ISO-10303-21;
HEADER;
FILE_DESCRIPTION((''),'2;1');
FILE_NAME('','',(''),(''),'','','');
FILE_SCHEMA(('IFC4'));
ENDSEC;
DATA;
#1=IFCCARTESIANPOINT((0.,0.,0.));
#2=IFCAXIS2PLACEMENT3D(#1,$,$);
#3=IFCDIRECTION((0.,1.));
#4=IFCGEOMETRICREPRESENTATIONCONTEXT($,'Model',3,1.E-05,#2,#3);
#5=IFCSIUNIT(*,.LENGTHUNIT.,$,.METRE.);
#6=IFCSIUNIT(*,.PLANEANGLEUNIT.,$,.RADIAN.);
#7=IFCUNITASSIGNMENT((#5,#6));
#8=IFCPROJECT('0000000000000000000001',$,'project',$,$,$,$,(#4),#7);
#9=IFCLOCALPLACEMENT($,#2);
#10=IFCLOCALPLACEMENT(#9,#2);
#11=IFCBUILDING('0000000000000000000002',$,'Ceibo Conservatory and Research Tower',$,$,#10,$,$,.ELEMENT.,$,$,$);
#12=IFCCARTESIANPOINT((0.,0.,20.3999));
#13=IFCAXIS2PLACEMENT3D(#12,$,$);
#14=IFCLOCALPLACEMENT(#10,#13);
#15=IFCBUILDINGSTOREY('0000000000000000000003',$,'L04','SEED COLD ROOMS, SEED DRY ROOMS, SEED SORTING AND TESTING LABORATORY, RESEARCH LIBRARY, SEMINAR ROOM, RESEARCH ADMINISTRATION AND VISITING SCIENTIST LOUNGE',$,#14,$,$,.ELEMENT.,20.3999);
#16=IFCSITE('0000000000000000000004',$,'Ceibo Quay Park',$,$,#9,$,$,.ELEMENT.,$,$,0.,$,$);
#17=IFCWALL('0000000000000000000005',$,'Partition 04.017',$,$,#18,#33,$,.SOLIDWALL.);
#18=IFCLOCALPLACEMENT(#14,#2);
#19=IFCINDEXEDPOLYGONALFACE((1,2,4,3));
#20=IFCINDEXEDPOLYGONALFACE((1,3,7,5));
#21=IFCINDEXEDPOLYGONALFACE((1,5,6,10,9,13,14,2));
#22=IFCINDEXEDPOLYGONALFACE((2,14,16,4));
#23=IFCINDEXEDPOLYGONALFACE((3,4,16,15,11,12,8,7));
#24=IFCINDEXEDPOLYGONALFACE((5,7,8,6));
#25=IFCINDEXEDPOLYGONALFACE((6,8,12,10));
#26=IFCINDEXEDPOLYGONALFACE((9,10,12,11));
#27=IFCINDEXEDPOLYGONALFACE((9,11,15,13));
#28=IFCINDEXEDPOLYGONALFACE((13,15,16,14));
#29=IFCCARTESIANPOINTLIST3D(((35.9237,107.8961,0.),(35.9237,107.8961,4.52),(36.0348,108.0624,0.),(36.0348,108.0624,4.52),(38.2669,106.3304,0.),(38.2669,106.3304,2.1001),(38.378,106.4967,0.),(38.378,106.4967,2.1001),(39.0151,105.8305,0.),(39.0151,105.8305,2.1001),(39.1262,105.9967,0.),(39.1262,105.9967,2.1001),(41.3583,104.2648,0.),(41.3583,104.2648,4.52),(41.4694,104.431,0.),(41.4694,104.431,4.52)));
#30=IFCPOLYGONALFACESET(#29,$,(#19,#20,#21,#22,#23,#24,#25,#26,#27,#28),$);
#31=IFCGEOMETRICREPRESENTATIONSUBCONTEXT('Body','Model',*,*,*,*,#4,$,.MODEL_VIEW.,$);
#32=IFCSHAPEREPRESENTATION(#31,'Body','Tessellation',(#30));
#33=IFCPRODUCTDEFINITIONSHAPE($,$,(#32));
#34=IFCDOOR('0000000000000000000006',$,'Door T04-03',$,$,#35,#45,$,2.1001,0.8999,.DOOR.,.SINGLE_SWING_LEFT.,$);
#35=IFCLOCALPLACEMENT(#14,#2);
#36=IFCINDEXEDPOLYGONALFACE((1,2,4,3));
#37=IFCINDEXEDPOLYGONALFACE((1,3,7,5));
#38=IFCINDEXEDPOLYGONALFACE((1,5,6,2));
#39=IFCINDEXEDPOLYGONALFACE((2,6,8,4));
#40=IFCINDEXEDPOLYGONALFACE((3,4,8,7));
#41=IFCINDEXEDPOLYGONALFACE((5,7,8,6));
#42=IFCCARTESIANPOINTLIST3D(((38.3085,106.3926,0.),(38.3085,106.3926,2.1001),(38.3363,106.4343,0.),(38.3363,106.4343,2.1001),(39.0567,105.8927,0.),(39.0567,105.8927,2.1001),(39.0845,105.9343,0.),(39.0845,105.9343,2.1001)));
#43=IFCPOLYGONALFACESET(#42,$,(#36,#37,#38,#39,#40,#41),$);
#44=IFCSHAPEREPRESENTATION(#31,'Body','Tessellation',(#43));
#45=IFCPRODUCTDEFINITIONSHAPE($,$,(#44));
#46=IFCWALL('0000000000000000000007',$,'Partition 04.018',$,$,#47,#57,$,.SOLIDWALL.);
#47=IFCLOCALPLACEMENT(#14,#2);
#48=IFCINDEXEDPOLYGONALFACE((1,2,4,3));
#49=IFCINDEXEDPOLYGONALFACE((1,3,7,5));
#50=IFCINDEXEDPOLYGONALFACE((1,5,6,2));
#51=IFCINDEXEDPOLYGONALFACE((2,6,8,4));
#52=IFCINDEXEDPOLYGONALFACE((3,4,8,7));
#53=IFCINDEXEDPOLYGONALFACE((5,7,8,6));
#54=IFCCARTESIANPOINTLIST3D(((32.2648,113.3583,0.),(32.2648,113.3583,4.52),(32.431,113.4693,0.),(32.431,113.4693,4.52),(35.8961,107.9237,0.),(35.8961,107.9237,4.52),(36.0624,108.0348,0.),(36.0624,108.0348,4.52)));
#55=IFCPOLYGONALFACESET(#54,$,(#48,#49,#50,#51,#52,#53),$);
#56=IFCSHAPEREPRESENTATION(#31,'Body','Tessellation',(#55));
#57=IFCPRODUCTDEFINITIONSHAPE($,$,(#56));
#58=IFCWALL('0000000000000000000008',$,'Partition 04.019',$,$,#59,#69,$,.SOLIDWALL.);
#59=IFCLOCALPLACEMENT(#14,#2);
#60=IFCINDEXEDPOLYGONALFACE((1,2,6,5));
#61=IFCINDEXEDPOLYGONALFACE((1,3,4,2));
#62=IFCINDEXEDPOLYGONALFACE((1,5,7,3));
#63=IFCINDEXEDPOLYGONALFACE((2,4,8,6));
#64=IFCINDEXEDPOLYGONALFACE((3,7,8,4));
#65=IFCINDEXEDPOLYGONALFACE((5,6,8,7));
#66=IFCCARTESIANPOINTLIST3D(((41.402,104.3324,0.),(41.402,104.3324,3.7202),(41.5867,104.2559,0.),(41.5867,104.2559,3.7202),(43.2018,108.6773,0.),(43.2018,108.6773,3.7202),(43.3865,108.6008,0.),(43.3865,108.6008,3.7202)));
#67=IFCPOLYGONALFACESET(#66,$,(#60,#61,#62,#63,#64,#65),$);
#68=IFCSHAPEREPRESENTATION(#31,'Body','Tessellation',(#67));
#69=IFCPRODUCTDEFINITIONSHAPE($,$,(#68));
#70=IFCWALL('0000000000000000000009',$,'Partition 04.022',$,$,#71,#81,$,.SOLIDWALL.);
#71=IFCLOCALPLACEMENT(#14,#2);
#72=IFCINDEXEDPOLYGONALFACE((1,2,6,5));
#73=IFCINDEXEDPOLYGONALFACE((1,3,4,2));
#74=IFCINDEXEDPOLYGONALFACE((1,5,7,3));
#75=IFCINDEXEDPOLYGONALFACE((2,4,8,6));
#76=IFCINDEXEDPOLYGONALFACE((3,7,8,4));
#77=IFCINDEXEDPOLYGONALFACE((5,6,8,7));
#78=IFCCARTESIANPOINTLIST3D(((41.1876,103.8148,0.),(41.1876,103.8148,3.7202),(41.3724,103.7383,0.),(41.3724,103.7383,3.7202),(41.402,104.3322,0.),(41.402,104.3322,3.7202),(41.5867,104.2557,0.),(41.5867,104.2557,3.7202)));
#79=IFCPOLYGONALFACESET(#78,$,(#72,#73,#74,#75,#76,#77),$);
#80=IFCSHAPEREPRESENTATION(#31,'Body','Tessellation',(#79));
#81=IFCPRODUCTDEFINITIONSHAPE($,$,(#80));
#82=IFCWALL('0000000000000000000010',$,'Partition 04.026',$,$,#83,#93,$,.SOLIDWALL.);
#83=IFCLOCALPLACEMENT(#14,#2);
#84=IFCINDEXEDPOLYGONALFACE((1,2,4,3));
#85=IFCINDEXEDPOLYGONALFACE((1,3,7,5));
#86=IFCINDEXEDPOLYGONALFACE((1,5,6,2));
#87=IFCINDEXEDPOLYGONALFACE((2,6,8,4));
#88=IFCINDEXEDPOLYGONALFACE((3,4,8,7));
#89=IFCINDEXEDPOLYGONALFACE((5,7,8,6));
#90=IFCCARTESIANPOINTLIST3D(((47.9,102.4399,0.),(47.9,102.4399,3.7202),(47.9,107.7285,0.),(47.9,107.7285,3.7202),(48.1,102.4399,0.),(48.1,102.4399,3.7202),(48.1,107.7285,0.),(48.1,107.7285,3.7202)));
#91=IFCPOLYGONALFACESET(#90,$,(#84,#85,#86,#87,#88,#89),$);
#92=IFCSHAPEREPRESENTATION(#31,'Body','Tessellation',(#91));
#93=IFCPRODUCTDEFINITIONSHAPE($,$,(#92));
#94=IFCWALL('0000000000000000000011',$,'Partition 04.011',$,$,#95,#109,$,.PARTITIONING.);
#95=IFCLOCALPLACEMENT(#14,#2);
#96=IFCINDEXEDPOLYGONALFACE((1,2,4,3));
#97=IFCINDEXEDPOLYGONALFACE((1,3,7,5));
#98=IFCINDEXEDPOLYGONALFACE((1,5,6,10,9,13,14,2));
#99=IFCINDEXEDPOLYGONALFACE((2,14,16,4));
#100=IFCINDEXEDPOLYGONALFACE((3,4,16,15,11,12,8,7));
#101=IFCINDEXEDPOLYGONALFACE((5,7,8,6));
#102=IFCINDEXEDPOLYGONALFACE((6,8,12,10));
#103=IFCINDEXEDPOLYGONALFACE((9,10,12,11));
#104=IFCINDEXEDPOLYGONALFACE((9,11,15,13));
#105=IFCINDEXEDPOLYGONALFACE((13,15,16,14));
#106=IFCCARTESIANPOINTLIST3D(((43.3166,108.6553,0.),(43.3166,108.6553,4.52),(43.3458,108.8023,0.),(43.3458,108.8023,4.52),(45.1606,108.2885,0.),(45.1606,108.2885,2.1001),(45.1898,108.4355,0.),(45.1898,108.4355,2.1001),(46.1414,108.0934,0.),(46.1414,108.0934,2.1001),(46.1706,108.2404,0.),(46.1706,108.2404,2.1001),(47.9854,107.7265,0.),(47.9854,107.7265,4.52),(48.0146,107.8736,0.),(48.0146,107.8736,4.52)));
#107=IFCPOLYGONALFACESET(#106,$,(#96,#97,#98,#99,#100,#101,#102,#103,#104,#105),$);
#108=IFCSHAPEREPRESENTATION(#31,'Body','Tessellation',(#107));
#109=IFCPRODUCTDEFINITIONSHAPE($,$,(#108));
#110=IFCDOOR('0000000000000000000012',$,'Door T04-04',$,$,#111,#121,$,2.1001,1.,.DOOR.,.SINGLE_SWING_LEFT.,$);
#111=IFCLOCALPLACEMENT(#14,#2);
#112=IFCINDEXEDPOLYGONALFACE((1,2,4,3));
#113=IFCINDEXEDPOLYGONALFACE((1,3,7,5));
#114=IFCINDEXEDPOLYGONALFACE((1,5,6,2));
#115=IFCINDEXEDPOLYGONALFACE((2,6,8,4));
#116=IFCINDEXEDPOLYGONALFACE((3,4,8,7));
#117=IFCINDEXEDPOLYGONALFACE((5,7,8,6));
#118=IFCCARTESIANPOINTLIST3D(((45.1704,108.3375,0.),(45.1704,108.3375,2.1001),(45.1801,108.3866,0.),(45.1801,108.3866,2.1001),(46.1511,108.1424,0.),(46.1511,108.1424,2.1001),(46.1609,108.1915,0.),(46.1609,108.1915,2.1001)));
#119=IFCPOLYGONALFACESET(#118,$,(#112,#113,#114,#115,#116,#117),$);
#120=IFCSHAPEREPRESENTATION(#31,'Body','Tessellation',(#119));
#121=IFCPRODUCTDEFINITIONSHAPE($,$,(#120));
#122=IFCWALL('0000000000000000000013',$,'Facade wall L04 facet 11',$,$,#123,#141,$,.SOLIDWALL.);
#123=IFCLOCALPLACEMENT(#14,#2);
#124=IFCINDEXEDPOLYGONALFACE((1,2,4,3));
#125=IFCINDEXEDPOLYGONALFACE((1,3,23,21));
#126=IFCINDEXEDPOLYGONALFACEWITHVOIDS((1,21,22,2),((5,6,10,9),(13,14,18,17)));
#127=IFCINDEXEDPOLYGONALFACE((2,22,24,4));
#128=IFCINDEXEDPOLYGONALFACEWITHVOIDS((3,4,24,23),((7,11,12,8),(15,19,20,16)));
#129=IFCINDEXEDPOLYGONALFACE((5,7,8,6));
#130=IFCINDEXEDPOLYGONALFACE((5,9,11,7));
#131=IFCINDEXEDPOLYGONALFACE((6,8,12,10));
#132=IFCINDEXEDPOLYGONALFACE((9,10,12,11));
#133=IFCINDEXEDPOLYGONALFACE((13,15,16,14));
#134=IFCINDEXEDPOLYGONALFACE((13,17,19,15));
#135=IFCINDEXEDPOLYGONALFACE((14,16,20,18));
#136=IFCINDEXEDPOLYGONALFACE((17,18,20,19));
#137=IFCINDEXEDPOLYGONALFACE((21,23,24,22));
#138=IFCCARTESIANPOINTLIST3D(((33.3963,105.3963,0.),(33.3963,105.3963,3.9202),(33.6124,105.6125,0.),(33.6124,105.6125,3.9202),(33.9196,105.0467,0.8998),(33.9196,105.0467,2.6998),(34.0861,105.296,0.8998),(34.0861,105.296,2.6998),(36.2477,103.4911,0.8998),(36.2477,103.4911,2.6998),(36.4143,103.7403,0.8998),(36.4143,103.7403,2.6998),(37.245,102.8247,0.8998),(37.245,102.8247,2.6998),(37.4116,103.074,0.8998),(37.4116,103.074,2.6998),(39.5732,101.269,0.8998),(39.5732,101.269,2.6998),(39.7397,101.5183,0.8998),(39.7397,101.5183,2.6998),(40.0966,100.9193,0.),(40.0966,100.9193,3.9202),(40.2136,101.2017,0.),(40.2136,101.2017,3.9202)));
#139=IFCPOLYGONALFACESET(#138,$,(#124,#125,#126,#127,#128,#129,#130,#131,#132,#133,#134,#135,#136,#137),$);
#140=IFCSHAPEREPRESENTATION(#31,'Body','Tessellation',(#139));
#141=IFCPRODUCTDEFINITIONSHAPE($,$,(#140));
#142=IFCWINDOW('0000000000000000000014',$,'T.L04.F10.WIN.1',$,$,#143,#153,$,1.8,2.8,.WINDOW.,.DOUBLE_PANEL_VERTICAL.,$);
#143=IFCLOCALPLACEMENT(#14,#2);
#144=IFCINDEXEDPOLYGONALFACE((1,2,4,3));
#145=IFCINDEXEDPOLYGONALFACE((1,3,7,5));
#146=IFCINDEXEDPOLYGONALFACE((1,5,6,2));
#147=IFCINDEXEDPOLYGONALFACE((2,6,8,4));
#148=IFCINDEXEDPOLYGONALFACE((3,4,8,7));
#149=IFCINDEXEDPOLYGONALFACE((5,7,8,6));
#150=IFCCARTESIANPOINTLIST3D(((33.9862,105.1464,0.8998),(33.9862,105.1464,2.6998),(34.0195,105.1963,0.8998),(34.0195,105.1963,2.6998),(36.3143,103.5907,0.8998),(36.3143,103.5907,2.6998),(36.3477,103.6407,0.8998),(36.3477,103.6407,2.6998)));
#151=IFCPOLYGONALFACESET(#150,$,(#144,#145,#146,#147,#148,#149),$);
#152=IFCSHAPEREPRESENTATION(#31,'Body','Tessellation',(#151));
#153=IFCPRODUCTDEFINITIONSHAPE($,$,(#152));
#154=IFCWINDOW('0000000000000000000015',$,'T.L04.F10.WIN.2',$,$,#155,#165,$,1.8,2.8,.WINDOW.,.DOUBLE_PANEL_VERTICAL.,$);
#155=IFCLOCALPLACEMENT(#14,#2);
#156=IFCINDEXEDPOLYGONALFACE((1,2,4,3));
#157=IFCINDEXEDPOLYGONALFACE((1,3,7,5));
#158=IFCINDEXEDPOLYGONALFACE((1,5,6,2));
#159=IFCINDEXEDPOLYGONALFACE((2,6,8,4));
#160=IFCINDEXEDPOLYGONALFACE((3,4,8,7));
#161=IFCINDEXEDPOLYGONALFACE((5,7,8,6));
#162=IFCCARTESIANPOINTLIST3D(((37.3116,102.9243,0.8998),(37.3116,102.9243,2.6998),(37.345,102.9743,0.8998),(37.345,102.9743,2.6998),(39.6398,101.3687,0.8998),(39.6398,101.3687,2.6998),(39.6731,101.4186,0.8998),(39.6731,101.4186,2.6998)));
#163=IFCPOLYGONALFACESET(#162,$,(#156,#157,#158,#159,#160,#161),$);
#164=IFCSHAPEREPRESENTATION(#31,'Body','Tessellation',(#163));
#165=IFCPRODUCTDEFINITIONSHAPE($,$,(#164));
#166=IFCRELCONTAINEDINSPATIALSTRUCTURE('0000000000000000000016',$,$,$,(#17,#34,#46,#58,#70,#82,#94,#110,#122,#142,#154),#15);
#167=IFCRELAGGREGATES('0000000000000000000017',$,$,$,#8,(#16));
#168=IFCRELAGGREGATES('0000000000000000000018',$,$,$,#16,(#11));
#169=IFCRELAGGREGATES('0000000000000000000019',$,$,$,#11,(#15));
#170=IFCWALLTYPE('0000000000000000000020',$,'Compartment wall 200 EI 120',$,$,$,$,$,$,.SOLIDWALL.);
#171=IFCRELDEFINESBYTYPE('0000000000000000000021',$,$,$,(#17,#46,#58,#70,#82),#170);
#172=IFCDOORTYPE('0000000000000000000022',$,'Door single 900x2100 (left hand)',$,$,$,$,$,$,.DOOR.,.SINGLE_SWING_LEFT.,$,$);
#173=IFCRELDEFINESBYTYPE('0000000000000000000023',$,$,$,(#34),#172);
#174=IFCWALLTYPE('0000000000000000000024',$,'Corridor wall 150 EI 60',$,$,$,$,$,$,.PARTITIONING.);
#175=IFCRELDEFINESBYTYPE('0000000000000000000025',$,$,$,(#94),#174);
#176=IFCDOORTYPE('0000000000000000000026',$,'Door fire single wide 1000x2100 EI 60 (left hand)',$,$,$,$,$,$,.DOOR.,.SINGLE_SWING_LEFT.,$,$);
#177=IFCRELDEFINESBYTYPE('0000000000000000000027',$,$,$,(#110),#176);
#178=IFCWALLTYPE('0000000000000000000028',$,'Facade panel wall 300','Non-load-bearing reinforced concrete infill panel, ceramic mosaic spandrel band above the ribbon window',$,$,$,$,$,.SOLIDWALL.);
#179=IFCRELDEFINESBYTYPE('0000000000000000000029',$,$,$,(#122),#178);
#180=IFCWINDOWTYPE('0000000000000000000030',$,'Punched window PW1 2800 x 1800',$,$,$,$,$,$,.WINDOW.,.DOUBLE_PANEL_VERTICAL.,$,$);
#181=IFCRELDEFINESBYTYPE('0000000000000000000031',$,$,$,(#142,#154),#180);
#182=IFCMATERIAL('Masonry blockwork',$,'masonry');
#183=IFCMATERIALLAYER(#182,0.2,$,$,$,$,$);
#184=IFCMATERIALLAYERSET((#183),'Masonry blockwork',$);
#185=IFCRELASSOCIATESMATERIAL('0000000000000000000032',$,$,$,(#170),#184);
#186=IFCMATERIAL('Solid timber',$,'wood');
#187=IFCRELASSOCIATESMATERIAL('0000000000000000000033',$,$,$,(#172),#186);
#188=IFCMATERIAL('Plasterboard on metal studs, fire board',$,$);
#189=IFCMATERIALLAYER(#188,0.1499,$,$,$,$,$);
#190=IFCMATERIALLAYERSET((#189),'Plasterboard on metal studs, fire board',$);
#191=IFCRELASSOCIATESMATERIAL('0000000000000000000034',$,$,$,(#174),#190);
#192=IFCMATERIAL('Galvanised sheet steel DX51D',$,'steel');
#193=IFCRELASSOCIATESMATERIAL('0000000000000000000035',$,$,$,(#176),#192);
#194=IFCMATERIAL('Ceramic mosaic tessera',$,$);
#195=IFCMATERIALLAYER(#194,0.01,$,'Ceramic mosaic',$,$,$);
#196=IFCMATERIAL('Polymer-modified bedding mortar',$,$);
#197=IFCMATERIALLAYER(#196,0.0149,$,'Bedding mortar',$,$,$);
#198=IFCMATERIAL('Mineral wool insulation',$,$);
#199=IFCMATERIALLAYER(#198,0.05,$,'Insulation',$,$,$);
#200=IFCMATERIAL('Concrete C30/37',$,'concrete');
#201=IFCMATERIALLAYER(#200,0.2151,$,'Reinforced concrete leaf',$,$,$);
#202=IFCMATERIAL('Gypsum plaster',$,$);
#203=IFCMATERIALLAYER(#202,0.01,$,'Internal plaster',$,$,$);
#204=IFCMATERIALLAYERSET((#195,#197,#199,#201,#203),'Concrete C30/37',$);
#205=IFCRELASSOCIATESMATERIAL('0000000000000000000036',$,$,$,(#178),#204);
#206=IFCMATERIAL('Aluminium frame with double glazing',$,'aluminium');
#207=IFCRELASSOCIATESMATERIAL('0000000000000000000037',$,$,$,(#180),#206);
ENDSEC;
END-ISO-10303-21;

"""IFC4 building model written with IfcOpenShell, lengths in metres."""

from ifc_helpers import new_model, si_unit, direction, frame, frame_2d, origin, place, context, subcontext, project, spatial, polyline, rectangle, outline, extrude, material, layer, layer_set, type_object, element, fill, save


model = new_model("IFC4")

# Units and contexts
model_context = context("Model", 3, precision=1e-05, world=origin(), true_north=direction((0.0, 1.0)))
body_context = subcontext(model_context, "Body", "Model", "MODEL_VIEW")
ifc_project = project(units=[si_unit("LENGTHUNIT", "METRE"), si_unit("PLANEANGLEUNIT", "RADIAN")], contexts=[model_context])

# Site, building, storey
site_placement = place(None, origin())
site = spatial("IfcSite", under=ifc_project, at=site_placement, Name="Ceibo Quay Park", CompositionType="ELEMENT", RefElevation=0.0)
building_placement = place(site_placement, origin())
building = spatial("IfcBuilding", under=site, at=building_placement, Name="Ceibo Conservatory and Research Tower", CompositionType="ELEMENT")
storey_placement = place(building_placement, frame((0.0, 0.0, 20.3999)))
storey = spatial("IfcBuildingStorey", under=building, at=storey_placement, Name="L04", Description="SEED COLD ROOMS, SEED DRY ROOMS, SEED SORTING AND TESTING LABORATORY, RESEARCH LIBRARY, SEMINAR ROOM, RESEARCH ADMINISTRATION AND VISITING SCIENTIST LOUNGE", CompositionType="ELEMENT", Elevation=20.3999)

# Wall, opening, door
ifc_material_1 = material(Name="Masonry blockwork", Category="masonry")
ifc_layer_1 = layer(ifc_material_1, 0.2)
ifc_layer_set_1 = layer_set([ifc_layer_1], Name="Masonry blockwork")
wall_type_1 = type_object("IfcWallType", Name="Compartment wall 200 EI 120", PredefinedType="SOLIDWALL", material=ifc_layer_set_1)
ifc_material_2 = material(Name="Galvanised sheet steel DX51D", Category="steel")
wall_1_placement = place(storey_placement, frame((41.4138, 104.3479, 0.0), z_axis=(0.0, 0.0, 1.0), x_axis=(-0.831464, 0.555579, 0.0)))
wall_1 = element("IfcWall", 1, at=wall_1_placement, inside=storey, type_object=wall_type_1, Name="Partition 04.017", PredefinedType="SOLIDWALL", context=body_context, shape_type="SweptSolid", body=[
    extrude(rectangle(XDim=6.5361, YDim=0.2, at=frame_2d((3.2681, 0.0))), origin(), (0.0, 0.0, 1.0), 4.52),
])
opening_1_placement = place(wall_1_placement, frame((2.8181, 0.0, 0.0)))
opening_1 = element("IfcOpeningElement", 2, at=opening_1_placement, cuts=wall_1, PredefinedType="OPENING", context=body_context, shape_type="SweptSolid", body=[
    extrude(rectangle(XDim=0.8999, YDim=2.1001, at=frame_2d((0.45, 1.05))), frame((0.0, 0.1099, 0.0), z_axis=(0.0, -1.0, 0.0), x_axis=(1.0, 0.0, 0.0)), (0.0, 0.0, 1.0), 0.22),
])
ifc_material_3 = material(Name="Solid timber", Category="wood")
door_type_1 = type_object("IfcDoorType", Name="Door single 900x2100 (left hand)", OperationType="SINGLE_SWING_LEFT", PredefinedType="DOOR", material=ifc_material_3)
door_1_placement = place(opening_1_placement, frame((0.8999, 0.0, 0.0), z_axis=(0.0, 0.0, 1.0), x_axis=(-1.0, 0.0, 0.0)))
door_1 = element("IfcDoor", 3, at=door_1_placement, inside=storey, type_object=door_type_1, Name="Door T04-03", OperationType="SINGLE_SWING_LEFT", OverallHeight=2.1001, OverallWidth=0.8999, PredefinedType="DOOR", context=body_context, shape_type="SweptSolid", body=[
    extrude(rectangle(XDim=0.8999, YDim=2.1001, at=frame_2d((0.45, 1.05))), frame((0.0, 0.0249, 0.0), z_axis=(0.0, -1.0, 0.0), x_axis=(1.0, 0.0, 0.0)), (0.0, 0.0, 1.0), 0.05),
])
fill(opening_1, door_1)

# Walls
wall_2_placement = place(storey_placement, frame((35.9792, 107.9792, 0.0), z_axis=(0.0, 0.0, 1.0), x_axis=(-0.555579, 0.831464, 0.0)))
element("IfcWall", 4, at=wall_2_placement, inside=storey, type_object=wall_type_1, Name="Partition 04.018", PredefinedType="SOLIDWALL", context=body_context, shape_type="SweptSolid", body=[
    extrude(rectangle(XDim=6.5361, YDim=0.2, at=frame_2d((3.2681, 0.0))), origin(), (0.0, 0.0, 1.0), 4.52),
])
wall_3_placement = place(storey_placement, frame((43.2942, 108.6392, 0.0), z_axis=(0.0, 0.0, 1.0), x_axis=(-0.382694, -0.923875, 0.0)))
element("IfcWall", 5, at=wall_3_placement, inside=storey, type_object=wall_type_1, Name="Partition 04.019", PredefinedType="SOLIDWALL", context=body_context, shape_type="SweptSolid", body=[
    extrude(rectangle(XDim=4.7029, YDim=0.2, at=frame_2d((2.3516, 0.0))), origin(), (0.0, 0.0, 1.0), 3.7202),
])
wall_4_placement = place(storey_placement, frame((41.4944, 104.2939, 0.0), z_axis=(0.0, 0.0, 1.0), x_axis=(-0.382788, -0.923836, 0.0)))
element("IfcWall", 6, at=wall_4_placement, inside=storey, type_object=wall_type_1, Name="Partition 04.022", PredefinedType="SOLIDWALL", context=body_context, shape_type="SweptSolid", body=[
    extrude(rectangle(XDim=0.5601, YDim=0.2, at=frame_2d((0.28, 0.0))), origin(), (0.0, 0.0, 1.0), 3.7202),
])
wall_5_placement = place(storey_placement, frame((48.0, 107.7285, 0.0), z_axis=(0.0, 0.0, 1.0), x_axis=(0.0, -1.0, 0.0)))
element("IfcWall", 7, at=wall_5_placement, inside=storey, type_object=wall_type_1, Name="Partition 04.026", PredefinedType="SOLIDWALL", context=body_context, shape_type="SweptSolid", body=[
    extrude(rectangle(XDim=5.2886, YDim=0.2, at=frame_2d((2.6443, 0.0))), origin(), (0.0, 0.0, 1.0), 3.7202),
])

# Wall, opening, door
ifc_material_4 = material(Name="Plasterboard on metal studs, fire board")
ifc_layer_2 = layer(ifc_material_4, 0.1499)
ifc_layer_set_2 = layer_set([ifc_layer_2], Name="Plasterboard on metal studs, fire board")
wall_type_2 = type_object("IfcWallType", Name="Corridor wall 150 EI 60", PredefinedType="PARTITIONING", material=ifc_layer_set_2)
wall_6_placement = place(storey_placement, frame((48.0, 107.8, 0.0), z_axis=(0.0, 0.0, 1.0), x_axis=(-0.980783, 0.1951, 0.0)))
wall_6 = element("IfcWall", 8, at=wall_6_placement, inside=storey, type_object=wall_type_2, Name="Partition 04.011", PredefinedType="PARTITIONING", context=body_context, shape_type="SweptSolid", body=[
    extrude(rectangle(XDim=4.7603, YDim=0.1499, at=frame_2d((2.3801, 0.0))), origin(), (0.0, 0.0, 1.0), 4.52),
])
opening_2_placement = place(wall_6_placement, frame((1.8801, 0.0, 0.0)))
opening_2 = element("IfcOpeningElement", 9, at=opening_2_placement, cuts=wall_6, PredefinedType="OPENING", context=body_context, shape_type="SweptSolid", body=[
    extrude(rectangle(XDim=1.0, YDim=2.1001, at=frame_2d((0.5, 1.05))), frame((0.0, 0.085, 0.0), z_axis=(0.0, -1.0, 0.0), x_axis=(1.0, 0.0, 0.0)), (0.0, 0.0, 1.0), 0.1699),
])
door_type_2 = type_object("IfcDoorType", Name="Door fire single wide 1000x2100 EI 60 (left hand)", OperationType="SINGLE_SWING_LEFT", PredefinedType="DOOR", material=ifc_material_2)
door_2_placement = place(opening_2_placement, origin())
door_2 = element("IfcDoor", 10, at=door_2_placement, inside=storey, type_object=door_type_2, Name="Door T04-04", OperationType="SINGLE_SWING_LEFT", OverallHeight=2.1001, OverallWidth=1.0, PredefinedType="DOOR", context=body_context, shape_type="SweptSolid", body=[
    extrude(rectangle(XDim=1.0, YDim=2.1001, at=frame_2d((0.5, 1.05))), frame((0.0, 0.0249, 0.0), z_axis=(0.0, -1.0, 0.0), x_axis=(1.0, 0.0, 0.0)), (0.0, 0.0, 1.0), 0.05),
])
fill(opening_2, door_2)

# Wall, openings, windows
ifc_material_5 = material(Name="Ceramic mosaic tessera")
ifc_layer_3 = layer(ifc_material_5, 0.01, Name="Ceramic mosaic")
ifc_material_6 = material(Name="Polymer-modified bedding mortar")
ifc_layer_4 = layer(ifc_material_6, 0.0149, Name="Bedding mortar")
ifc_material_7 = material(Name="Mineral wool insulation")
ifc_layer_5 = layer(ifc_material_7, 0.05, Name="Insulation")
ifc_material_8 = material(Name="Concrete C30/37", Category="concrete")
ifc_layer_6 = layer(ifc_material_8, 0.2151, Name="Reinforced concrete leaf")
ifc_material_9 = material(Name="Gypsum plaster")
ifc_layer_7 = layer(ifc_material_9, 0.01, Name="Internal plaster")
ifc_layer_set_3 = layer_set([ifc_layer_3, ifc_layer_4, ifc_layer_5, ifc_layer_6, ifc_layer_7], Name="Concrete C30/37")
wall_type_3 = type_object("IfcWallType", Name="Facade panel wall 300", Description="Non-load-bearing reinforced concrete infill panel, ceramic mosaic spandrel band above the ribbon window", PredefinedType="SOLIDWALL", material=ifc_layer_set_3)
wall_7_placement = place(storey_placement, frame((33.5044, 105.5044, 0.0), z_axis=(0.0, 0.0, 1.0), x_axis=(0.831468, -0.555573, 0.0)))
wall_7 = element("IfcWall", 11, at=wall_7_placement, inside=storey, type_object=wall_type_3, Name="Facade wall L04 facet 11", PredefinedType="SOLIDWALL", context=body_context, shape_type="SweptSolid", body=[
    extrude(outline(polyline([(-0.0298, -0.1499), (8.0286, -0.1499), (7.969, 0.1499), (0.0298, 0.1499), (-0.0298, -0.1499)])), origin(), (0.0, 0.0, 1.0), 3.9202),
])
opening_3_placement = place(wall_7_placement, frame((0.5996, 0.0, 0.8999)))
opening_3 = element("IfcOpeningElement", 12, at=opening_3_placement, cuts=wall_7, PredefinedType="OPENING", context=body_context, shape_type="SweptSolid", body=[
    extrude(rectangle(XDim=2.8, YDim=1.8, at=frame_2d((1.3999, 0.8999))), frame((0.0, 0.1599, 0.0), z_axis=(0.0, -1.0, 0.0), x_axis=(1.0, 0.0, 0.0)), (0.0, 0.0, 1.0), 0.3201),
])
opening_4_placement = place(wall_7_placement, frame((4.5991, 0.0, 0.8999)))
opening_4 = element("IfcOpeningElement", 13, at=opening_4_placement, cuts=wall_7, PredefinedType="OPENING", context=body_context, shape_type="SweptSolid", body=[
    extrude(rectangle(XDim=2.8, YDim=1.8, at=frame_2d((1.3999, 0.8999))), frame((0.0, 0.1599, 0.0), z_axis=(0.0, -1.0, 0.0), x_axis=(1.0, 0.0, 0.0)), (0.0, 0.0, 1.0), 0.3201),
])
ifc_material_10 = material(Name="Aluminium frame with double glazing", Category="aluminium")
window_type = type_object("IfcWindowType", Name="Punched window PW1 2800 x 1800", PartitioningType="DOUBLE_PANEL_VERTICAL", PredefinedType="WINDOW", material=ifc_material_10)
window_1_placement = place(opening_3_placement, origin())
window_1 = element("IfcWindow", 14, at=window_1_placement, inside=storey, type_object=window_type, Name="T.L04.F10.WIN.1", OverallHeight=1.8, OverallWidth=2.8, PartitioningType="DOUBLE_PANEL_VERTICAL", PredefinedType="WINDOW", context=body_context, shape_type="SweptSolid", body=[
    extrude(rectangle(XDim=2.8, YDim=1.8, at=frame_2d((1.3999, 0.8999))), frame((0.0, 0.03, 0.0), z_axis=(0.0, -1.0, 0.0), x_axis=(1.0, 0.0, 0.0)), (0.0, 0.0, 1.0), 0.0601),
])
fill(opening_3, window_1)
window_2_placement = place(opening_4_placement, origin())
window_2 = element("IfcWindow", 15, at=window_2_placement, inside=storey, type_object=window_type, Name="T.L04.F10.WIN.2", OverallHeight=1.8, OverallWidth=2.8, PartitioningType="DOUBLE_PANEL_VERTICAL", PredefinedType="WINDOW", context=body_context, shape_type="SweptSolid", body=[
    extrude(rectangle(XDim=2.8, YDim=1.8, at=frame_2d((1.3999, 0.8999))), frame((0.0, 0.03, 0.0), z_axis=(0.0, -1.0, 0.0), x_axis=(1.0, 0.0, 0.0)), (0.0, 0.0, 1.0), 0.0601),
])
fill(opening_4, window_2)

save(model, "model.ifc")
